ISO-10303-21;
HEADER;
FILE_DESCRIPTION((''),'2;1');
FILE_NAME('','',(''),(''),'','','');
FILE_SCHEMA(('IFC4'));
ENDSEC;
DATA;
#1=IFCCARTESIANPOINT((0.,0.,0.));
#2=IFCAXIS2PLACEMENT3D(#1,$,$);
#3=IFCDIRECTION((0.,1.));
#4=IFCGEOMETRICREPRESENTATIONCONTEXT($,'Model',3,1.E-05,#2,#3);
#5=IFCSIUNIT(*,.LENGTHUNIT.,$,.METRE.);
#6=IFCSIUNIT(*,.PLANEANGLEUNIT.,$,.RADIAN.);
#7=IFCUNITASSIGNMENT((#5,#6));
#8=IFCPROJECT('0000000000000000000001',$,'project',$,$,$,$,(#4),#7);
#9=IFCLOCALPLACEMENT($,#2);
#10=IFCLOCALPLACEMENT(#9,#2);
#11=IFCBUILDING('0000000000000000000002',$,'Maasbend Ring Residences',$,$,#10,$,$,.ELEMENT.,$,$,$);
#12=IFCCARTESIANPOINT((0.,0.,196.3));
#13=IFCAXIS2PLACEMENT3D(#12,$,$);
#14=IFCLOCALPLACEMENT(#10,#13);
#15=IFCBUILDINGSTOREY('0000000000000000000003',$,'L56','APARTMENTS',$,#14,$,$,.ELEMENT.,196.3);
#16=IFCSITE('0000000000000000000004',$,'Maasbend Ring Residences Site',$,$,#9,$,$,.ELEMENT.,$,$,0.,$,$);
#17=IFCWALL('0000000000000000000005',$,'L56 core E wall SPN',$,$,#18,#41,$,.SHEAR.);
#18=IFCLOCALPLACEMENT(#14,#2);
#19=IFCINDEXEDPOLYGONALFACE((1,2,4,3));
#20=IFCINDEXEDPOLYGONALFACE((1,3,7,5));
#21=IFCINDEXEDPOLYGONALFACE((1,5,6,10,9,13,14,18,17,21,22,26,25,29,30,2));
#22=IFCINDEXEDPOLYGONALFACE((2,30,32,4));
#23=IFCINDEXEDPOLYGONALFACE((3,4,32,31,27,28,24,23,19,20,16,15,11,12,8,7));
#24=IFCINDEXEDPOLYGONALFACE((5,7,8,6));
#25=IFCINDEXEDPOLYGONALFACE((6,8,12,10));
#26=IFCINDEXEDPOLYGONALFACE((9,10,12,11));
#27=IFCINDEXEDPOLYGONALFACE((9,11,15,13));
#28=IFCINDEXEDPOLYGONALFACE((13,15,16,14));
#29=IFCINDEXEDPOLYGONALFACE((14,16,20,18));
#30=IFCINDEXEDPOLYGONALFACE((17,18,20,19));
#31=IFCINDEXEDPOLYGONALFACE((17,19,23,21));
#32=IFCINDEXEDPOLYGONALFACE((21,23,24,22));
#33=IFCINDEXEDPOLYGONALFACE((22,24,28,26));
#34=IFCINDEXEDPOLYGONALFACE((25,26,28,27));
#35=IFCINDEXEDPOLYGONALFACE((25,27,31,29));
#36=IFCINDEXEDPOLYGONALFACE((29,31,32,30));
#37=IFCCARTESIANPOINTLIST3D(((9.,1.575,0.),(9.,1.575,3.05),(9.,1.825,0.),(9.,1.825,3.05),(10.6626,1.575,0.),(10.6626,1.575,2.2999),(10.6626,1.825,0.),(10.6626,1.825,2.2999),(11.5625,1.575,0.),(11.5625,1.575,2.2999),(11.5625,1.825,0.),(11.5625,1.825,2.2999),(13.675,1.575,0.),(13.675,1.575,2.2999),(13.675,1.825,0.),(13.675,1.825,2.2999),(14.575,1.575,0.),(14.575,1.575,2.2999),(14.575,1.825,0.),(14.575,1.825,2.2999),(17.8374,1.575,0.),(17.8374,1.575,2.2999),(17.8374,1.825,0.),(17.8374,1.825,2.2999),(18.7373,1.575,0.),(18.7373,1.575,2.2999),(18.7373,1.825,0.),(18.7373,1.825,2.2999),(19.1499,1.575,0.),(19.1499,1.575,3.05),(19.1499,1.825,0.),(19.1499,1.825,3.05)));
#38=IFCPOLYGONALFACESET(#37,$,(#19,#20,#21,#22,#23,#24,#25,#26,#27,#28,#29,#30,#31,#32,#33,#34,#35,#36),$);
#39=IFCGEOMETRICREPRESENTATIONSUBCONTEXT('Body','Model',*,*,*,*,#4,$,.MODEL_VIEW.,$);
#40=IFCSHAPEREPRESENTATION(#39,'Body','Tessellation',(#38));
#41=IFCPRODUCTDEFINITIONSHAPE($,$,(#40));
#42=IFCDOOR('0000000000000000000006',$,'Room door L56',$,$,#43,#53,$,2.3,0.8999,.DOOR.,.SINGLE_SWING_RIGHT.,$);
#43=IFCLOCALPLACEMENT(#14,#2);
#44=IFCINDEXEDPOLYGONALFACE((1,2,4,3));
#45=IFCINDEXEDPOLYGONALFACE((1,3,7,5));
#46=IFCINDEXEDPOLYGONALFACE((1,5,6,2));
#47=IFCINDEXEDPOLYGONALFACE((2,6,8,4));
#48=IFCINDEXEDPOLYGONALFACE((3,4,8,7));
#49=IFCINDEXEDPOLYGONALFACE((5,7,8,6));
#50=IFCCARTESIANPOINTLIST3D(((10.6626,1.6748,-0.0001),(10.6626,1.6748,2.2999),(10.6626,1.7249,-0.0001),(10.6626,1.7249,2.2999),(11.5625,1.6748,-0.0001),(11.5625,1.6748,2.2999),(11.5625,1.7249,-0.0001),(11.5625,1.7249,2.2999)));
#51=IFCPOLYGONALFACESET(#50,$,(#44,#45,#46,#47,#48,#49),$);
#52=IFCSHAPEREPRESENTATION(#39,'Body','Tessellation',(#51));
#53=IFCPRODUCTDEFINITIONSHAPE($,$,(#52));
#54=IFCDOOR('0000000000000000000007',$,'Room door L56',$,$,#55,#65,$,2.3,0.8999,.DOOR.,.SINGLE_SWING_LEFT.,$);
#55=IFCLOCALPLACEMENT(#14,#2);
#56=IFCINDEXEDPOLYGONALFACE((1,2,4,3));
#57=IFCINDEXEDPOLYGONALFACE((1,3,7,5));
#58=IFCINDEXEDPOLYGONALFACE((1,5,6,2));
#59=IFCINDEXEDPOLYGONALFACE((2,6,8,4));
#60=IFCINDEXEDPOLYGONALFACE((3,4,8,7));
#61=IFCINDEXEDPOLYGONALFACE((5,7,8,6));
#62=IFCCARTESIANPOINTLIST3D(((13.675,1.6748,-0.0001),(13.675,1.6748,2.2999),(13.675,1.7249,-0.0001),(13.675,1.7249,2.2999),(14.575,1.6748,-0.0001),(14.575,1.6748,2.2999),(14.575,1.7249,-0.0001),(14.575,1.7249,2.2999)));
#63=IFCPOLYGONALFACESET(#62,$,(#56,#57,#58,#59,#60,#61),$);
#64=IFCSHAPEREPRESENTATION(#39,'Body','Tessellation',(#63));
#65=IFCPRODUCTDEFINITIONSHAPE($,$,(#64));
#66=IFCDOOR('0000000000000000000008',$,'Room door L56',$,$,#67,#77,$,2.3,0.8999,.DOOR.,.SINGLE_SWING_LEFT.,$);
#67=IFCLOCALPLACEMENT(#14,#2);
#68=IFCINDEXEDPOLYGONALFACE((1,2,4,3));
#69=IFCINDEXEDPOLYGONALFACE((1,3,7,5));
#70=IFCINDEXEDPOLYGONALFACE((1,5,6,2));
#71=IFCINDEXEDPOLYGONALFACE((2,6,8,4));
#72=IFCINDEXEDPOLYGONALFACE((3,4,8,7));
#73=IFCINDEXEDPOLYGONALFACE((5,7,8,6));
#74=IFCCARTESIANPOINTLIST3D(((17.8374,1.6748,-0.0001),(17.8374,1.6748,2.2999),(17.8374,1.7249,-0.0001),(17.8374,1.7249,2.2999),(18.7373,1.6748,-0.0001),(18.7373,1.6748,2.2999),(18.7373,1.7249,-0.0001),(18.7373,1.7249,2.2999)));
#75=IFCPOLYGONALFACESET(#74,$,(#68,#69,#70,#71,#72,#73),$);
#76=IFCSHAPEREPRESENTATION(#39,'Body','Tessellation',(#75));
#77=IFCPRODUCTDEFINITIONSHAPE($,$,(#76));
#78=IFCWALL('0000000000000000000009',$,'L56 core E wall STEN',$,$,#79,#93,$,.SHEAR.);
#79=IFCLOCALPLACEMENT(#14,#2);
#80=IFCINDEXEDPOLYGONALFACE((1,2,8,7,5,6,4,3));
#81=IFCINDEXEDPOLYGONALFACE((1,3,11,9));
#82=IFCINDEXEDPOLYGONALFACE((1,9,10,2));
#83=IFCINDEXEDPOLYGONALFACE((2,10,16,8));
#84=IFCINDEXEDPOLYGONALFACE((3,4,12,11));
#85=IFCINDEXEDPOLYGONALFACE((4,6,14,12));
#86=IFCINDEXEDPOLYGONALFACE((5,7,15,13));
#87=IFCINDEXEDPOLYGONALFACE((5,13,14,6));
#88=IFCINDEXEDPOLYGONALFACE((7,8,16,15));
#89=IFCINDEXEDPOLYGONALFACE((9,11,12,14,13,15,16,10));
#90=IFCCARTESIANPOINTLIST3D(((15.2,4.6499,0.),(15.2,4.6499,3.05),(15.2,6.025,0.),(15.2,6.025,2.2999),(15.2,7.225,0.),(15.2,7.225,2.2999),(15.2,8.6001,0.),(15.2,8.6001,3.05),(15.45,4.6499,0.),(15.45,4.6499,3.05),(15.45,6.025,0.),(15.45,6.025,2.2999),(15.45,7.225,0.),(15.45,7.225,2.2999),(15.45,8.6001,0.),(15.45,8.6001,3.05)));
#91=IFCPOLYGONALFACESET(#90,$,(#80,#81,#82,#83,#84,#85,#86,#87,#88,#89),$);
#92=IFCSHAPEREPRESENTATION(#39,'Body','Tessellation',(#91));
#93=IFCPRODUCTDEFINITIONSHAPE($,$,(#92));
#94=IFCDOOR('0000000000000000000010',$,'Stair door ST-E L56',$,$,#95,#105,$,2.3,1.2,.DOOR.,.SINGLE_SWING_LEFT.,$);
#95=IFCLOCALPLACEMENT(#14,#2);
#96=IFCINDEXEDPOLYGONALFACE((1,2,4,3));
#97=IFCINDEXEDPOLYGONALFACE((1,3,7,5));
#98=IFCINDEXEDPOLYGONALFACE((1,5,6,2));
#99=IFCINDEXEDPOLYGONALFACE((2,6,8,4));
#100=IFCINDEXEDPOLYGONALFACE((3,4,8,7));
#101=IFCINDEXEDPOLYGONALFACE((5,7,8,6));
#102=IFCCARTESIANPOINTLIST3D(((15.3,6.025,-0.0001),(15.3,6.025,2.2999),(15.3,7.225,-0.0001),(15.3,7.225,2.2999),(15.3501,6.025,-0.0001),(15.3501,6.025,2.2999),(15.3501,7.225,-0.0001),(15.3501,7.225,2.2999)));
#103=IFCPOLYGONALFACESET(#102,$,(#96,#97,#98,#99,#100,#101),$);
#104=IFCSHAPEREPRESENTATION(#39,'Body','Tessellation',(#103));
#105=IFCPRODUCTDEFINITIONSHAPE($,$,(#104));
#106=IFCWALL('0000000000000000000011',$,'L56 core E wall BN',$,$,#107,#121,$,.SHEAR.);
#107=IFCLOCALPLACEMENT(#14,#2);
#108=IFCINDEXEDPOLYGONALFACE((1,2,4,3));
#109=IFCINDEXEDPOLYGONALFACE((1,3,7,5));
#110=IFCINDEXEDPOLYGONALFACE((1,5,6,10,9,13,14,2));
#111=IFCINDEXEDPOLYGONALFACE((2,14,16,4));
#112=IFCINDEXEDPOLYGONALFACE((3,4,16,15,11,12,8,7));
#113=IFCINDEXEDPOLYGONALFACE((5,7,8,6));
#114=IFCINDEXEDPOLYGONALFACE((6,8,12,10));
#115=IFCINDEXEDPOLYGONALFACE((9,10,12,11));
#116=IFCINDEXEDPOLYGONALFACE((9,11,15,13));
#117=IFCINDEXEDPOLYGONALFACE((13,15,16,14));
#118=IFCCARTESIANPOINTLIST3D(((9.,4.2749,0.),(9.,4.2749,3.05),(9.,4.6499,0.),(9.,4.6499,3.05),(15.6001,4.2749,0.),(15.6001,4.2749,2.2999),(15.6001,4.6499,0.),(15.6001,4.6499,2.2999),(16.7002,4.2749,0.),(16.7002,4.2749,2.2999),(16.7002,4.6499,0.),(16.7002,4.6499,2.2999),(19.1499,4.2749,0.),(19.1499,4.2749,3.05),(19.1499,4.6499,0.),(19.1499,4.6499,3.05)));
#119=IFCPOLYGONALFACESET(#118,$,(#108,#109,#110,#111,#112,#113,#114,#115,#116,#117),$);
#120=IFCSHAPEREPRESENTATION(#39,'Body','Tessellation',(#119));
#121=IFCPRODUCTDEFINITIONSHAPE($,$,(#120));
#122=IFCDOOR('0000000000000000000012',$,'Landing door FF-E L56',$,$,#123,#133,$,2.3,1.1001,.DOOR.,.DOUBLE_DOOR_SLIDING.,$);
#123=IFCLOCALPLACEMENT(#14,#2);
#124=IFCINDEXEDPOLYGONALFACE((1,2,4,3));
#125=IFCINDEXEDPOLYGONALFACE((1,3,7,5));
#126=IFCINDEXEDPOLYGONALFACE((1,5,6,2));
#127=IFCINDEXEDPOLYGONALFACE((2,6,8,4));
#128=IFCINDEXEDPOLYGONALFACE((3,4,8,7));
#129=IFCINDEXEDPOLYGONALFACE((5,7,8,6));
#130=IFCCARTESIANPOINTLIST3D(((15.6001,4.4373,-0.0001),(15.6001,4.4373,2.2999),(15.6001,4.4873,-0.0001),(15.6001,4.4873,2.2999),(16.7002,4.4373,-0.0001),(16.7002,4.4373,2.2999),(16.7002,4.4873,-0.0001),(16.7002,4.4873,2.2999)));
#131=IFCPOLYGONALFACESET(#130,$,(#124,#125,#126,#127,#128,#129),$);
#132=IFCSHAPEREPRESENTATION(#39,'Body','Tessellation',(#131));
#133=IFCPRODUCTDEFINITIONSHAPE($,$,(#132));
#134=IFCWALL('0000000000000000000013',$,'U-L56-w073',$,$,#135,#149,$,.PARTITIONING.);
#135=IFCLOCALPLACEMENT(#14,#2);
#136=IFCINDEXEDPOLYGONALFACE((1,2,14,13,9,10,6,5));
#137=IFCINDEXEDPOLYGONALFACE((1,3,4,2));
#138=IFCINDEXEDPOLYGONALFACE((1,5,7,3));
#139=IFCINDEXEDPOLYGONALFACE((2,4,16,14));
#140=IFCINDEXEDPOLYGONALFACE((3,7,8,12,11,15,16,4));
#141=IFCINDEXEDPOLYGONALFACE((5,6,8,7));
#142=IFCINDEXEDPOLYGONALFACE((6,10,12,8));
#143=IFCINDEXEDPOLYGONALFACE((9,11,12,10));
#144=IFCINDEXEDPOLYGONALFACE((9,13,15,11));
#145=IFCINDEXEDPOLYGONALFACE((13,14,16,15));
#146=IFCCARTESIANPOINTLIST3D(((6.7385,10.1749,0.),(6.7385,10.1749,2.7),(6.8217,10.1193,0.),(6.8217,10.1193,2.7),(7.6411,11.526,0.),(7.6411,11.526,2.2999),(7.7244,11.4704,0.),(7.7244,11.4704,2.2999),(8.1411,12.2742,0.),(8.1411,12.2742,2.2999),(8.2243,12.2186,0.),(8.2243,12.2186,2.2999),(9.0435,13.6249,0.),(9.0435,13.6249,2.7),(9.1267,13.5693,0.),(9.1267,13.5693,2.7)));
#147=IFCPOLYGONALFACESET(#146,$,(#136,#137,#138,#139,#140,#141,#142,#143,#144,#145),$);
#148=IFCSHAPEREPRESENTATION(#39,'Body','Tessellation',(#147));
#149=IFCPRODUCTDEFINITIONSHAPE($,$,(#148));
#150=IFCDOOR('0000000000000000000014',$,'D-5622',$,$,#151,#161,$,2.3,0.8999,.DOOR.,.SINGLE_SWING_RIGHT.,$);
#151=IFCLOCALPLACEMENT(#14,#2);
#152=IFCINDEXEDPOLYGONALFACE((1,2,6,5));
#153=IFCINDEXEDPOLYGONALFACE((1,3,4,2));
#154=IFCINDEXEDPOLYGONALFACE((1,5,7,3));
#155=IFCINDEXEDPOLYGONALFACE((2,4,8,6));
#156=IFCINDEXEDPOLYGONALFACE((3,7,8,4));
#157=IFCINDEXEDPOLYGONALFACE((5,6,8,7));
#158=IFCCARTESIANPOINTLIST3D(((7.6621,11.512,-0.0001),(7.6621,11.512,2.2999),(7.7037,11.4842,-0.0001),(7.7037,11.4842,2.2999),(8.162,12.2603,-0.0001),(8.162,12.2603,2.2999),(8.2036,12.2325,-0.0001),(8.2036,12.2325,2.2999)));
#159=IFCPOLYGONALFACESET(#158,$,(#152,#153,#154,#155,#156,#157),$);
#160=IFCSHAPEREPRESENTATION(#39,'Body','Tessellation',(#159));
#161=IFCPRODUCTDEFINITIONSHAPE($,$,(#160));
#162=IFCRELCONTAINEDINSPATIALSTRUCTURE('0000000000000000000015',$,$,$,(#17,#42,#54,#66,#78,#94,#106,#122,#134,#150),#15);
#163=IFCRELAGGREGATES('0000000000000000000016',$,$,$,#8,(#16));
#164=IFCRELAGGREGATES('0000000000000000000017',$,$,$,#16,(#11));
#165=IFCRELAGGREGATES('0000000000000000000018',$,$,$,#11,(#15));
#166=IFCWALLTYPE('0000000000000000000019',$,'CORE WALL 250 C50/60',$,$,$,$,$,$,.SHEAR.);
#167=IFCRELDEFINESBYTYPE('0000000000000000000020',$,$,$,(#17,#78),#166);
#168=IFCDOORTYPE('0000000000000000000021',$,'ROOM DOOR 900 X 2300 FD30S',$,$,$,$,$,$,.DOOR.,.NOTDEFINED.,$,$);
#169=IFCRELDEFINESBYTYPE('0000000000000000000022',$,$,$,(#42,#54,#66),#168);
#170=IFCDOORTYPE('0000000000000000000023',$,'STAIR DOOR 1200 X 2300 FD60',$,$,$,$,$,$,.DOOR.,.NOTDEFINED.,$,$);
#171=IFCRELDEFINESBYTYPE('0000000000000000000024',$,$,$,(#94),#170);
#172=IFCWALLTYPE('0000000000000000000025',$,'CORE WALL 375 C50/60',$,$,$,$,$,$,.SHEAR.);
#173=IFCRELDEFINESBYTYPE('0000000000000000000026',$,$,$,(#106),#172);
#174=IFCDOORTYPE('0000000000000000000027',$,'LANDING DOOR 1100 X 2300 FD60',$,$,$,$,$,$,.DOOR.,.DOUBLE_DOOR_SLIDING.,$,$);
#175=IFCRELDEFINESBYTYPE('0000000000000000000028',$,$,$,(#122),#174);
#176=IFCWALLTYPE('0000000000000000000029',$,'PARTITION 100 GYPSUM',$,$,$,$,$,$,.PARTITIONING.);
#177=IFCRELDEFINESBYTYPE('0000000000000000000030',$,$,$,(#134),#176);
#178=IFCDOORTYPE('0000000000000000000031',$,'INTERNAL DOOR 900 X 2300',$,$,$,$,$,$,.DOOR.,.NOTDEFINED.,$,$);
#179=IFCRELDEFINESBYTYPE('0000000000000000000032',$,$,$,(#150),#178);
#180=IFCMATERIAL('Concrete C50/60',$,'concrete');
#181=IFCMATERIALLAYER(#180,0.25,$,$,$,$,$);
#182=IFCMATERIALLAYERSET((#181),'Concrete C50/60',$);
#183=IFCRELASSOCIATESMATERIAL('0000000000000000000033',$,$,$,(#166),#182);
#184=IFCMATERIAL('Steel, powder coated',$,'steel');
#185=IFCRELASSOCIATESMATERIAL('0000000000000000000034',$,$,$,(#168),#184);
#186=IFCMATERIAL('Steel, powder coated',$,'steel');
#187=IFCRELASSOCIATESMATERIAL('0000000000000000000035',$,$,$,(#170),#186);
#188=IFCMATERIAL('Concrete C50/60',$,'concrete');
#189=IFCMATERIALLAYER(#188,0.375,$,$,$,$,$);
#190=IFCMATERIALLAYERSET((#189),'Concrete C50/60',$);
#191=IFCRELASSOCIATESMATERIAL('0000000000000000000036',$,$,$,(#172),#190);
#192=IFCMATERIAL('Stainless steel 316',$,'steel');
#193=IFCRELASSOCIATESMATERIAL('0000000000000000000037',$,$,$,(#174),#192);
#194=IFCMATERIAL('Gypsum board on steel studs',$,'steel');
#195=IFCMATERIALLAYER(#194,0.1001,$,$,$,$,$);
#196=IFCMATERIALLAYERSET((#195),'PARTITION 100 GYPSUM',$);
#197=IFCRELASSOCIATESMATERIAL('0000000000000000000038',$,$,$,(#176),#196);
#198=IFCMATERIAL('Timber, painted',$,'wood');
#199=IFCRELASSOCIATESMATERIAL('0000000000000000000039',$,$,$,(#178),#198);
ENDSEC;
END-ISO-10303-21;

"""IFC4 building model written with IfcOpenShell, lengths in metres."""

from ifc_helpers import new_model, si_unit, direction, frame, frame_2d, origin, place, context, subcontext, project, spatial, rectangle, extrude, material, layer, layer_set, type_object, element, fill, save


model = new_model("IFC4")

# Units and contexts
model_context = context("Model", 3, precision=1e-05, world=origin(), true_north=direction((0.0, 1.0)))
body_context = subcontext(model_context, "Body", "Model", "MODEL_VIEW")
ifc_project = project(units=[si_unit("LENGTHUNIT", "METRE"), si_unit("PLANEANGLEUNIT", "RADIAN")], contexts=[model_context])

# Site, building, storey
site_placement = place(None, origin())
site = spatial("IfcSite", under=ifc_project, at=site_placement, Name="Maasbend Ring Residences Site", CompositionType="ELEMENT", RefElevation=0.0)
building_placement = place(site_placement, origin())
building = spatial("IfcBuilding", under=site, at=building_placement, Name="Maasbend Ring Residences", CompositionType="ELEMENT")
storey_placement = place(building_placement, frame((0.0, 0.0, 196.3)))
storey = spatial("IfcBuildingStorey", under=building, at=storey_placement, Name="L56", Description="APARTMENTS", CompositionType="ELEMENT", Elevation=196.3)

# Wall, openings, doors
ifc_material_1 = material(Name="Concrete C50/60", Category="concrete")
ifc_layer_1 = layer(ifc_material_1, 0.25)
ifc_layer_set_1 = layer_set([ifc_layer_1], Name="Concrete C50/60")
wall_type_1 = type_object("IfcWallType", Name="CORE WALL 250 C50/60", PredefinedType="SHEAR", material=ifc_layer_set_1)
wall_1_placement = place(storey_placement, frame((9.0, 1.7, 0.0), z_axis=(0.0, 0.0, 1.0), x_axis=(1.0, 0.0, 0.0)))
wall_1 = element("IfcWall", 1, at=wall_1_placement, inside=storey, type_object=wall_type_1, Name="L56 core E wall SPN", PredefinedType="SHEAR", context=body_context, shape_type="SweptSolid", body=[
    extrude(rectangle(XDim=10.1499, YDim=0.25, at=frame_2d((5.075, 0.0))), origin(), (0.0, 0.0, 1.0), 3.05),
])
opening_1_placement = place(wall_1_placement, frame((1.6626, 0.0, 0.0)))
opening_1 = element("IfcOpeningElement", 2, at=opening_1_placement, cuts=wall_1, PredefinedType="OPENING", context=body_context, shape_type="SweptSolid", body=[
    extrude(rectangle(XDim=0.8999, YDim=2.3, at=frame_2d((0.45, 1.1499))), frame((0.0, 0.135, 0.0), z_axis=(0.0, -1.0, 0.0), x_axis=(1.0, 0.0, 0.0)), (0.0, 0.0, 1.0), 0.27),
])
opening_2_placement = place(wall_1_placement, frame((4.675, 0.0, 0.0)))
opening_2 = element("IfcOpeningElement", 3, at=opening_2_placement, cuts=wall_1, PredefinedType="OPENING", context=body_context, shape_type="SweptSolid", body=[
    extrude(rectangle(XDim=0.8999, YDim=2.3, at=frame_2d((0.45, 1.1499))), frame((0.0, 0.135, 0.0), z_axis=(0.0, -1.0, 0.0), x_axis=(1.0, 0.0, 0.0)), (0.0, 0.0, 1.0), 0.27),
])
opening_3_placement = place(wall_1_placement, frame((8.8374, 0.0, 0.0)))
opening_3 = element("IfcOpeningElement", 4, at=opening_3_placement, cuts=wall_1, PredefinedType="OPENING", context=body_context, shape_type="SweptSolid", body=[
    extrude(rectangle(XDim=0.8999, YDim=2.3, at=frame_2d((0.45, 1.1499))), frame((0.0, 0.135, 0.0), z_axis=(0.0, -1.0, 0.0), x_axis=(1.0, 0.0, 0.0)), (0.0, 0.0, 1.0), 0.27),
])
ifc_material_2 = material(Name="Steel, powder coated", Category="steel")
door_type_1 = type_object("IfcDoorType", Name="ROOM DOOR 900 X 2300 FD30S", OperationType="NOTDEFINED", PredefinedType="DOOR", material=ifc_material_2)
door_1_placement = place(opening_1_placement, origin())
door_1 = element("IfcDoor", 5, at=door_1_placement, inside=storey, type_object=door_type_1, Name="Room door L56", OperationType="SINGLE_SWING_RIGHT", OverallHeight=2.3, OverallWidth=0.8999, PredefinedType="DOOR", context=body_context, shape_type="SweptSolid", body=[
    extrude(rectangle(XDim=0.8999, YDim=2.3, at=frame_2d((0.45, 1.1499))), frame((0.0, 0.0249, 0.0), z_axis=(0.0, -1.0, 0.0), x_axis=(1.0, 0.0, 0.0)), (0.0, 0.0, 1.0), 0.05),
])
fill(opening_1, door_1)
door_2_placement = place(opening_2_placement, origin())
door_2 = element("IfcDoor", 6, at=door_2_placement, inside=storey, type_object=door_type_1, Name="Room door L56", OperationType="SINGLE_SWING_LEFT", OverallHeight=2.3, OverallWidth=0.8999, PredefinedType="DOOR", context=body_context, shape_type="SweptSolid", body=[
    extrude(rectangle(XDim=0.8999, YDim=2.3, at=frame_2d((0.45, 1.1499))), frame((0.0, 0.0249, 0.0), z_axis=(0.0, -1.0, 0.0), x_axis=(1.0, 0.0, 0.0)), (0.0, 0.0, 1.0), 0.05),
])
fill(opening_2, door_2)
door_3_placement = place(opening_3_placement, origin())
door_3 = element("IfcDoor", 7, at=door_3_placement, inside=storey, type_object=door_type_1, Name="Room door L56", OperationType="SINGLE_SWING_LEFT", OverallHeight=2.3, OverallWidth=0.8999, PredefinedType="DOOR", context=body_context, shape_type="SweptSolid", body=[
    extrude(rectangle(XDim=0.8999, YDim=2.3, at=frame_2d((0.45, 1.1499))), frame((0.0, 0.0249, 0.0), z_axis=(0.0, -1.0, 0.0), x_axis=(1.0, 0.0, 0.0)), (0.0, 0.0, 1.0), 0.05),
])
fill(opening_3, door_3)

# Walls, openings, doors
wall_2_placement = place(storey_placement, frame((15.325, 4.6499, 0.0), z_axis=(0.0, 0.0, 1.0), x_axis=(0.0, 1.0, 0.0)))
wall_2 = element("IfcWall", 8, at=wall_2_placement, inside=storey, type_object=wall_type_1, Name="L56 core E wall STEN", PredefinedType="SHEAR", context=body_context, shape_type="SweptSolid", body=[
    extrude(rectangle(XDim=3.9502, YDim=0.25, at=frame_2d((1.9751, 0.0))), origin(), (0.0, 0.0, 1.0), 3.05),
])
opening_4_placement = place(wall_2_placement, frame((1.375, 0.0, 0.0)))
opening_4 = element("IfcOpeningElement", 9, at=opening_4_placement, cuts=wall_2, PredefinedType="OPENING", context=body_context, shape_type="SweptSolid", body=[
    extrude(rectangle(XDim=1.2, YDim=2.3, at=frame_2d((0.6001, 1.1499))), frame((0.0, 0.135, 0.0), z_axis=(0.0, -1.0, 0.0), x_axis=(1.0, 0.0, 0.0)), (0.0, 0.0, 1.0), 0.27),
])
ifc_material_3 = material(Name="Steel, powder coated", Category="steel")
door_type_2 = type_object("IfcDoorType", Name="STAIR DOOR 1200 X 2300 FD60", OperationType="NOTDEFINED", PredefinedType="DOOR", material=ifc_material_3)
door_4_placement = place(opening_4_placement, origin())
door_4 = element("IfcDoor", 10, at=door_4_placement, inside=storey, type_object=door_type_2, Name="Stair door ST-E L56", OperationType="SINGLE_SWING_LEFT", OverallHeight=2.3, OverallWidth=1.2, PredefinedType="DOOR", context=body_context, shape_type="SweptSolid", body=[
    extrude(rectangle(XDim=1.2, YDim=2.3, at=frame_2d((0.6001, 1.1499))), frame((0.0, 0.0249, 0.0), z_axis=(0.0, -1.0, 0.0), x_axis=(1.0, 0.0, 0.0)), (0.0, 0.0, 1.0), 0.05),
])
fill(opening_4, door_4)
ifc_material_4 = material(Name="Concrete C50/60", Category="concrete")
ifc_layer_2 = layer(ifc_material_4, 0.375)
ifc_layer_set_2 = layer_set([ifc_layer_2], Name="Concrete C50/60")
wall_type_2 = type_object("IfcWallType", Name="CORE WALL 375 C50/60", PredefinedType="SHEAR", material=ifc_layer_set_2)
wall_3_placement = place(storey_placement, frame((9.0, 4.4624, 0.0), z_axis=(0.0, 0.0, 1.0), x_axis=(1.0, 0.0, 0.0)))
wall_3 = element("IfcWall", 11, at=wall_3_placement, inside=storey, type_object=wall_type_2, Name="L56 core E wall BN", PredefinedType="SHEAR", context=body_context, shape_type="SweptSolid", body=[
    extrude(rectangle(XDim=10.1499, YDim=0.375, at=frame_2d((5.075, 0.0))), origin(), (0.0, 0.0, 1.0), 3.05),
])
opening_5_placement = place(wall_3_placement, frame((6.6001, 0.0, 0.0)))
opening_5 = element("IfcOpeningElement", 12, at=opening_5_placement, cuts=wall_3, PredefinedType="OPENING", context=body_context, shape_type="SweptSolid", body=[
    extrude(rectangle(XDim=1.1001, YDim=2.3, at=frame_2d((0.55, 1.1499))), frame((0.0, 0.1975, 0.0), z_axis=(0.0, -1.0, 0.0), x_axis=(1.0, 0.0, 0.0)), (0.0, 0.0, 1.0), 0.395),
])
ifc_material_5 = material(Name="Stainless steel 316", Category="steel")
door_type_3 = type_object("IfcDoorType", Name="LANDING DOOR 1100 X 2300 FD60", OperationType="DOUBLE_DOOR_SLIDING", PredefinedType="DOOR", material=ifc_material_5)
door_5_placement = place(opening_5_placement, origin())
door_5 = element("IfcDoor", 13, at=door_5_placement, inside=storey, type_object=door_type_3, Name="Landing door FF-E L56", OperationType="DOUBLE_DOOR_SLIDING", OverallHeight=2.3, OverallWidth=1.1001, PredefinedType="DOOR", context=body_context, shape_type="SweptSolid", body=[
    extrude(rectangle(XDim=1.1001, YDim=2.3, at=frame_2d((0.55, 1.1499))), frame((0.0, 0.0249, 0.0), z_axis=(0.0, -1.0, 0.0), x_axis=(1.0, 0.0, 0.0)), (0.0, 0.0, 1.0), 0.05),
])
fill(opening_5, door_5)
ifc_material_6 = material(Name="Gypsum board on steel studs", Category="steel")
ifc_layer_3 = layer(ifc_material_6, 0.1001)
ifc_layer_set_3 = layer_set([ifc_layer_3], Name="PARTITION 100 GYPSUM")
wall_type_3 = type_object("IfcWallType", Name="PARTITION 100 GYPSUM", PredefinedType="PARTITIONING", material=ifc_layer_set_3)
wall_4_placement = place(storey_placement, frame((6.78, 10.147, 0.0), z_axis=(0.0, 0.0, 1.0), x_axis=(0.555528, 0.831498, 0.0)))
wall_4 = element("IfcWall", 14, at=wall_4_placement, inside=storey, type_object=wall_type_3, Name="U-L56-w073", PredefinedType="PARTITIONING", context=body_context, shape_type="SweptSolid", body=[
    extrude(rectangle(XDim=4.1492, YDim=0.1001, at=frame_2d((2.0747, 0.0))), origin(), (0.0, 0.0, 1.0), 2.7),
])
opening_6_placement = place(wall_4_placement, frame((1.625, 0.0, 0.0)))
opening_6 = element("IfcOpeningElement", 15, at=opening_6_placement, cuts=wall_4, PredefinedType="OPENING", context=body_context, shape_type="SweptSolid", body=[
    extrude(rectangle(XDim=0.8999, YDim=2.3, at=frame_2d((0.45, 1.1499))), frame((0.0, 0.0601, 0.0), z_axis=(0.0, -1.0, 0.0), x_axis=(1.0, 0.0, 0.0)), (0.0, 0.0, 1.0), 0.1201),
])
ifc_material_7 = material(Name="Timber, painted", Category="wood")
door_type_4 = type_object("IfcDoorType", Name="INTERNAL DOOR 900 X 2300", OperationType="NOTDEFINED", PredefinedType="DOOR", material=ifc_material_7)
door_6_placement = place(opening_6_placement, origin())
door_6 = element("IfcDoor", 16, at=door_6_placement, inside=storey, type_object=door_type_4, Name="D-5622", OperationType="SINGLE_SWING_RIGHT", OverallHeight=2.3, OverallWidth=0.8999, PredefinedType="DOOR", context=body_context, shape_type="SweptSolid", body=[
    extrude(rectangle(XDim=0.8999, YDim=2.3, at=frame_2d((0.45, 1.1499))), frame((0.0, 0.0249, 0.0), z_axis=(0.0, -1.0, 0.0), x_axis=(1.0, 0.0, 0.0)), (0.0, 0.0, 1.0), 0.05),
])
fill(opening_6, door_6)

save(model, "model.ifc")
